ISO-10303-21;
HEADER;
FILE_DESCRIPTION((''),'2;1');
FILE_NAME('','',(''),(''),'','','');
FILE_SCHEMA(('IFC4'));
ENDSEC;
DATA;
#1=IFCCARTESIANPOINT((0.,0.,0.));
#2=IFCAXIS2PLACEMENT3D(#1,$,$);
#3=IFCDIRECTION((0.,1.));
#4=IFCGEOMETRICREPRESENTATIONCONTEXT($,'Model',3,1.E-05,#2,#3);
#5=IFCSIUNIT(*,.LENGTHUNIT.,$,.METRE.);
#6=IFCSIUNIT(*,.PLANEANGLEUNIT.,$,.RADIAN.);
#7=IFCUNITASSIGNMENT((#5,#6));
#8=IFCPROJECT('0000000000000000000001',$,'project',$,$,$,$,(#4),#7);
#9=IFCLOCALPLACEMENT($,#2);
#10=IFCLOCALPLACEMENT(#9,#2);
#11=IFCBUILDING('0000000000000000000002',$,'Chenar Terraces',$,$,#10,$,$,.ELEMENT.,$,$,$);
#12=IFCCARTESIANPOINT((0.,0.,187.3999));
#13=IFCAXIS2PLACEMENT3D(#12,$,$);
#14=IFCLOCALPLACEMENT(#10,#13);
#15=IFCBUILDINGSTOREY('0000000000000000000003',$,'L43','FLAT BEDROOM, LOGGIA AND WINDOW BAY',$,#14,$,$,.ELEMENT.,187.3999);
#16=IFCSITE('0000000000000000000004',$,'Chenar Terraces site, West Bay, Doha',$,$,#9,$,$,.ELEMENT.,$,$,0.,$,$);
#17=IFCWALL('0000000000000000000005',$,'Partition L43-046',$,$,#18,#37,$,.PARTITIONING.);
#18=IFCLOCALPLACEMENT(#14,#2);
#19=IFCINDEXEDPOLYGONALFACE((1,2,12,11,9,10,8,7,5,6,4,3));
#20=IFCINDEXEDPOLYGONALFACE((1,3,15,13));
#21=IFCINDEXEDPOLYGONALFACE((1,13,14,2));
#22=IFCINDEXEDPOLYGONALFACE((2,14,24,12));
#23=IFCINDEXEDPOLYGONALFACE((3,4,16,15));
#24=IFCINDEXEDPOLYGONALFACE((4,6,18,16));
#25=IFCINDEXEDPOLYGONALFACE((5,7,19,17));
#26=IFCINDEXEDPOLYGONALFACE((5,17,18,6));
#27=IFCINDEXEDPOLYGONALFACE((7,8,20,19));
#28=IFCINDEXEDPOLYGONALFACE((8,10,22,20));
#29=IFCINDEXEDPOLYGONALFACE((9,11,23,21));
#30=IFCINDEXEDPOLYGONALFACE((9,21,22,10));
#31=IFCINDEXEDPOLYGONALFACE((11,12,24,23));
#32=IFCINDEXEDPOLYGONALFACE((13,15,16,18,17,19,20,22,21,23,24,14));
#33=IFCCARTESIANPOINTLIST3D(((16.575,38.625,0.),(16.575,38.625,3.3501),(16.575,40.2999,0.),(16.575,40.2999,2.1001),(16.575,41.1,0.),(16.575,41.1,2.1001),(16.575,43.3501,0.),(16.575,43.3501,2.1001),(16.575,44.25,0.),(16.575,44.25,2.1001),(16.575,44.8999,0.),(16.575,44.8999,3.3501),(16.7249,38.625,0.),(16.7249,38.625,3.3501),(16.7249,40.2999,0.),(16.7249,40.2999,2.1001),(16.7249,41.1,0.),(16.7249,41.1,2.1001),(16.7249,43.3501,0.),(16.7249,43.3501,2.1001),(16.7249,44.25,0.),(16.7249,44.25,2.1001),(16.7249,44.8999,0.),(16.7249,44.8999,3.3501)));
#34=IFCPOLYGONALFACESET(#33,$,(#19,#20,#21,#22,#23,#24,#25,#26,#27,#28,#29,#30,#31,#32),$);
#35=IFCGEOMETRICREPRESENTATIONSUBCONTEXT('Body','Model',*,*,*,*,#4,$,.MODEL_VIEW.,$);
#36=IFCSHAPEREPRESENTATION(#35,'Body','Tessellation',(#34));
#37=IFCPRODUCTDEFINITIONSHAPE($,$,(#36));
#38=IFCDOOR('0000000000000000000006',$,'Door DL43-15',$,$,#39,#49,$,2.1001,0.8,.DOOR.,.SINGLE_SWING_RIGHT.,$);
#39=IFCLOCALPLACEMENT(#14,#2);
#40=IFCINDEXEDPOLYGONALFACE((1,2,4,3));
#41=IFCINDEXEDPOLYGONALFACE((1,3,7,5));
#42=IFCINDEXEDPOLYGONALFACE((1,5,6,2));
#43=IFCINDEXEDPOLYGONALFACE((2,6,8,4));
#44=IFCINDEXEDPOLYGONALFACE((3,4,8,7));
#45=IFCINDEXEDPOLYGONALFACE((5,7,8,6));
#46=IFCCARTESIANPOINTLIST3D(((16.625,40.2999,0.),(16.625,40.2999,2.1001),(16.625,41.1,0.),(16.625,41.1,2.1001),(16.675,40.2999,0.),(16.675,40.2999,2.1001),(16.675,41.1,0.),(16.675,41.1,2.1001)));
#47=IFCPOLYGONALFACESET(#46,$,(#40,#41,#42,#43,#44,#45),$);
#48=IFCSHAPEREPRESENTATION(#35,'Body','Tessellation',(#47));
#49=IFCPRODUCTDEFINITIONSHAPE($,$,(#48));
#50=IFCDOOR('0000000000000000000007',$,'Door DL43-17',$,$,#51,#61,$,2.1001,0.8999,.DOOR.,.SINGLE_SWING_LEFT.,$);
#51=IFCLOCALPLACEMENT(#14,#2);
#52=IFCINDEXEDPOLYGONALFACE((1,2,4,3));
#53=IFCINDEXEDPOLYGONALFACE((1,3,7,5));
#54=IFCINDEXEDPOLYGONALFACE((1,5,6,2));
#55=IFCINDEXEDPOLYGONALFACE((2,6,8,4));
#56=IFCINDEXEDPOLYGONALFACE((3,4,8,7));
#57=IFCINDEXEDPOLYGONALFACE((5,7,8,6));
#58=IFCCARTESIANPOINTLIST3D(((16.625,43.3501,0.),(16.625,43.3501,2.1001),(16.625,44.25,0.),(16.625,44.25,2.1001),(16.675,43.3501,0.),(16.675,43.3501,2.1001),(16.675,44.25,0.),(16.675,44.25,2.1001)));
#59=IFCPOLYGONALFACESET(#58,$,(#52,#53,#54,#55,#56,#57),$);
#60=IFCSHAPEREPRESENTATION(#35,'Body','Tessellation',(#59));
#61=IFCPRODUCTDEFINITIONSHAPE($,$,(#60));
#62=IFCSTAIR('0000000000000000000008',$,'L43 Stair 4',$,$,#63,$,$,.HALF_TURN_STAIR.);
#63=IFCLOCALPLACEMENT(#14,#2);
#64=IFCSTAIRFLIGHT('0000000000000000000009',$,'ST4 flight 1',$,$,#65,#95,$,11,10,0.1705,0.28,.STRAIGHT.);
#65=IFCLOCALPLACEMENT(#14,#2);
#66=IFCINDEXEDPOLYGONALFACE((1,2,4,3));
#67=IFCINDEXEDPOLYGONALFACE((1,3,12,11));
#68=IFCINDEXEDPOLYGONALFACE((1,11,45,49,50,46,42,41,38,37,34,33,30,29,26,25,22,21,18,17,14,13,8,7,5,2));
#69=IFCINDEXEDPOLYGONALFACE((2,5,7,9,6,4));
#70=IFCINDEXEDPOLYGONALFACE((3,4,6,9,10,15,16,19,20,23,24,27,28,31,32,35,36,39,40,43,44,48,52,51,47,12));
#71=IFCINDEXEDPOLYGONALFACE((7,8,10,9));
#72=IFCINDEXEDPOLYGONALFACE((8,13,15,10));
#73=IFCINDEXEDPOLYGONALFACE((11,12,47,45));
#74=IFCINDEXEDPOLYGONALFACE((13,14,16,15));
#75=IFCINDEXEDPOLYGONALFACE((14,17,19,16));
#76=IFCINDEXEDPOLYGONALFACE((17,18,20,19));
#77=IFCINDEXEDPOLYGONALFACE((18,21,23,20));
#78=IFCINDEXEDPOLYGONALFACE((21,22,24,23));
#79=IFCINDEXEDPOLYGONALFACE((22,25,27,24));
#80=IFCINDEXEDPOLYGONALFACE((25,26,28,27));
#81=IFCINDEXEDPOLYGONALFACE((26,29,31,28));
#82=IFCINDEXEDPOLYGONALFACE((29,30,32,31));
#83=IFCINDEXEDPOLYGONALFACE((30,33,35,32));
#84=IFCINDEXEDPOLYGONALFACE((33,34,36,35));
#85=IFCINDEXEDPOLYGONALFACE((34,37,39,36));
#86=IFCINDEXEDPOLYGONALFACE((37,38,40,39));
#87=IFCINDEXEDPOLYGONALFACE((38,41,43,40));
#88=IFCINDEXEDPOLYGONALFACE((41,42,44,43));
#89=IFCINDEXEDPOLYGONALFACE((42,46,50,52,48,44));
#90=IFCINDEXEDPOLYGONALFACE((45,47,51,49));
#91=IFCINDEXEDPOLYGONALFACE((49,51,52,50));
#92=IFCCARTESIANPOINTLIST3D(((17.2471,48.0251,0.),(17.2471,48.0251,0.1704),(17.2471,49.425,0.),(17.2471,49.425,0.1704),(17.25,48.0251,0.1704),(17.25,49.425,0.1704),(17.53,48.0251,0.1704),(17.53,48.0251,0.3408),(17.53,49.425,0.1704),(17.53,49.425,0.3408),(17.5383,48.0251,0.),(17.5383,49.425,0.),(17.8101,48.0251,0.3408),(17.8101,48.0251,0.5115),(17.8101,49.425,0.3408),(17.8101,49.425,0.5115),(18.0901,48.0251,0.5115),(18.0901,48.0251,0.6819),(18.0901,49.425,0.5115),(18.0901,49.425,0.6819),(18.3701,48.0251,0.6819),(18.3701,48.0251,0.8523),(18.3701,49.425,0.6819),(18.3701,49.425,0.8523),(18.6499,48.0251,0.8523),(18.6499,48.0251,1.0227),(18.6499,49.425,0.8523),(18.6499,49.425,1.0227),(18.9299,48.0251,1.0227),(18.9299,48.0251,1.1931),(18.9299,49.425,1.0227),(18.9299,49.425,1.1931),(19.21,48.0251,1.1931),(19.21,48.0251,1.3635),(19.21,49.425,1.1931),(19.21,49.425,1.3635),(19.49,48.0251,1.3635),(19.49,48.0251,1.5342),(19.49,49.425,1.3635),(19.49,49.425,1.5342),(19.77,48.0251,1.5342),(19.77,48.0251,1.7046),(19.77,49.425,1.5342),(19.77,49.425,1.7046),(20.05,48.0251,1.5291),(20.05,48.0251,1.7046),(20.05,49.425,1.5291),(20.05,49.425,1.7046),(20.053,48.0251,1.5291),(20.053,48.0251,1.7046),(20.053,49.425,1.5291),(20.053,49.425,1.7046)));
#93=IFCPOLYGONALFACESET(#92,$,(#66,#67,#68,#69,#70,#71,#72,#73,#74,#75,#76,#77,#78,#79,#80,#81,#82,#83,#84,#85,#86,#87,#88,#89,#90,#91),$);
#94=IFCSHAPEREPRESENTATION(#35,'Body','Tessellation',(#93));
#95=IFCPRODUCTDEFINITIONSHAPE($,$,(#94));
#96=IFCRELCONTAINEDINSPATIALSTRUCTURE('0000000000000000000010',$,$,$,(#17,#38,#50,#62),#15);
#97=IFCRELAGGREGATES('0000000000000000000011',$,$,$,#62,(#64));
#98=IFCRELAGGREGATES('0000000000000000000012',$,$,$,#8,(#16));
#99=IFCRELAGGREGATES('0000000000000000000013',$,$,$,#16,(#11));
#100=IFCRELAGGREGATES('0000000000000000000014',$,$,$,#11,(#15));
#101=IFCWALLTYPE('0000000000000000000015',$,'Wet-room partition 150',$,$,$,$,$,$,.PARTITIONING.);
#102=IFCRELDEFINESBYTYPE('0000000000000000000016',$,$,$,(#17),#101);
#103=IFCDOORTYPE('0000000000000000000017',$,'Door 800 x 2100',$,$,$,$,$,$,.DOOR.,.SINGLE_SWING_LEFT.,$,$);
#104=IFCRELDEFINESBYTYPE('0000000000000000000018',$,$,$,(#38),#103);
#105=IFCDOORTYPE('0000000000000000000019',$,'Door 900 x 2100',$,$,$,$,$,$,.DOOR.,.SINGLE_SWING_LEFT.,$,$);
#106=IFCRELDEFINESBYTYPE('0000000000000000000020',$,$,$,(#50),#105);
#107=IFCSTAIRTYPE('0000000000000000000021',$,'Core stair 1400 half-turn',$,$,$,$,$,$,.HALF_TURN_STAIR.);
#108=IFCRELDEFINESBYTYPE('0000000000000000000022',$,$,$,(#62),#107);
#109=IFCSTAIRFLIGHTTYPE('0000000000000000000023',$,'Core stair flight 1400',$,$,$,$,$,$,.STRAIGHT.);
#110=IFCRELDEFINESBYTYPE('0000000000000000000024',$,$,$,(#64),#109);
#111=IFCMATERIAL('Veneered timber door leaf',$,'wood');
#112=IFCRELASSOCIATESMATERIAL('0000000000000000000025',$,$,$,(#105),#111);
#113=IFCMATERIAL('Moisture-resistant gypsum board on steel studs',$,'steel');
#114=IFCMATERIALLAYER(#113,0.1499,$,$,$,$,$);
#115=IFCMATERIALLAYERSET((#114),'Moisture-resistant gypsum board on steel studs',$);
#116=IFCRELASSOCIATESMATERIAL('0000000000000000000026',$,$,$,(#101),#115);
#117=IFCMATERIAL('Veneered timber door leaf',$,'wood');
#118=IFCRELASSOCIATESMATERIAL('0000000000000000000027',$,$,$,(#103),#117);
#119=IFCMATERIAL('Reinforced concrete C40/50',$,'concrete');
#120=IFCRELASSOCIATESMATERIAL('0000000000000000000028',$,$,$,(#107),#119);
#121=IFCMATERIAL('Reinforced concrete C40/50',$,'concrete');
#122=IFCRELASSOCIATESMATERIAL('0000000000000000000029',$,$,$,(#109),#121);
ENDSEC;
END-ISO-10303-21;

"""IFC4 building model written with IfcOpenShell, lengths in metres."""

from ifc_helpers import new_model, si_unit, direction, frame, frame_2d, origin, place, context, subcontext, project, spatial, polyline, rectangle, outline, extrude, material, layer, layer_set, type_object, element, fill, aggregate, save


model = new_model("IFC4")

# Units and contexts
model_context = context("Model", 3, precision=1e-05, world=origin(), true_north=direction((0.0, 1.0)))
body_context = subcontext(model_context, "Body", "Model", "MODEL_VIEW")
ifc_project = project(units=[si_unit("LENGTHUNIT", "METRE"), si_unit("PLANEANGLEUNIT", "RADIAN")], contexts=[model_context])

# Site, building, storey
site_placement = place(None, origin())
site = spatial("IfcSite", under=ifc_project, at=site_placement, Name="Chenar Terraces site, West Bay, Doha", CompositionType="ELEMENT", RefElevation=0.0)
building_placement = place(site_placement, origin())
building = spatial("IfcBuilding", under=site, at=building_placement, Name="Chenar Terraces", CompositionType="ELEMENT")
storey_placement = place(building_placement, frame((0.0, 0.0, 187.3999)))
storey = spatial("IfcBuildingStorey", under=building, at=storey_placement, Name="L43", Description="FLAT BEDROOM, LOGGIA AND WINDOW BAY", CompositionType="ELEMENT", Elevation=187.3999)

# Shared definitions
ifc_material_1 = material(Name="Veneered timber door leaf", Category="wood")
door_type_1 = type_object("IfcDoorType", Name="Door 900 x 2100", OperationType="SINGLE_SWING_LEFT", PredefinedType="DOOR", material=ifc_material_1)

# Shared definitions
ifc_material_2 = material(Name="Moisture-resistant gypsum board on steel studs", Category="steel")
ifc_layer_1 = layer(ifc_material_2, 0.1499)
ifc_layer_set_1 = layer_set([ifc_layer_1], Name="Moisture-resistant gypsum board on steel studs")
wall_type_1 = type_object("IfcWallType", Name="Wet-room partition 150", PredefinedType="PARTITIONING", material=ifc_layer_set_1)

# Wall, openings, doors
wall_1_placement = place(storey_placement, frame((16.6499, 38.625, 0.0), z_axis=(0.0, 0.0, 1.0), x_axis=(0.0, 1.0, 0.0)))
wall_1 = element("IfcWall", 1, at=wall_1_placement, inside=storey, type_object=wall_type_1, Name="Partition L43-046", PredefinedType="PARTITIONING", context=body_context, shape_type="SweptSolid", body=[
    extrude(rectangle(XDim=6.2749, YDim=0.1499, at=frame_2d((3.1375, 0.0))), origin(), (0.0, 0.0, 1.0), 3.3501),
])
opening_1_placement = place(wall_1_placement, frame((1.675, 0.0, 0.0)))
opening_1 = element("IfcOpeningElement", 2, at=opening_1_placement, cuts=wall_1, PredefinedType="OPENING", context=body_context, shape_type="SweptSolid", body=[
    extrude(rectangle(XDim=0.8, YDim=2.1001, at=frame_2d((0.3999, 1.05))), frame((0.0, 0.085, 0.0), z_axis=(0.0, -1.0, 0.0), x_axis=(1.0, 0.0, 0.0)), (0.0, 0.0, 1.0), 0.1699),
])
opening_2_placement = place(wall_1_placement, frame((4.7251, 0.0, 0.0)))
opening_2 = element("IfcOpeningElement", 3, at=opening_2_placement, cuts=wall_1, PredefinedType="OPENING", context=body_context, shape_type="SweptSolid", body=[
    extrude(rectangle(XDim=0.8999, YDim=2.1001, at=frame_2d((0.45, 1.05))), frame((0.0, 0.085, 0.0), z_axis=(0.0, -1.0, 0.0), x_axis=(1.0, 0.0, 0.0)), (0.0, 0.0, 1.0), 0.1699),
])
ifc_material_3 = material(Name="Veneered timber door leaf", Category="wood")
door_type_2 = type_object("IfcDoorType", Name="Door 800 x 2100", OperationType="SINGLE_SWING_LEFT", PredefinedType="DOOR", material=ifc_material_3)
door_1_placement = place(opening_1_placement, origin())
door_1 = element("IfcDoor", 4, at=door_1_placement, inside=storey, type_object=door_type_2, Name="Door DL43-15", OperationType="SINGLE_SWING_RIGHT", OverallHeight=2.1001, OverallWidth=0.8, PredefinedType="DOOR", context=body_context, shape_type="SweptSolid", body=[
    extrude(rectangle(XDim=0.8, YDim=2.1001, at=frame_2d((0.3999, 1.05))), frame((0.0, 0.0249, 0.0), z_axis=(0.0, -1.0, 0.0), x_axis=(1.0, 0.0, 0.0)), (0.0, 0.0, 1.0), 0.05),
])
fill(opening_1, door_1)
door_2_placement = place(opening_2_placement, origin())
door_2 = element("IfcDoor", 5, at=door_2_placement, inside=storey, type_object=door_type_1, Name="Door DL43-17", OperationType="SINGLE_SWING_LEFT", OverallHeight=2.1001, OverallWidth=0.8999, PredefinedType="DOOR", context=body_context, shape_type="SweptSolid", body=[
    extrude(rectangle(XDim=0.8999, YDim=2.1001, at=frame_2d((0.45, 1.05))), frame((0.0, 0.0249, 0.0), z_axis=(0.0, -1.0, 0.0), x_axis=(1.0, 0.0, 0.0)), (0.0, 0.0, 1.0), 0.05),
])
fill(opening_2, door_2)

# Stair, stair flight
ifc_material_4 = material(Name="Reinforced concrete C40/50", Category="concrete")
stair_type = type_object("IfcStairType", Name="Core stair 1400 half-turn", PredefinedType="HALF_TURN_STAIR", material=ifc_material_4)
stair_placement = place(storey_placement, origin())
stair = element("IfcStair", 6, at=stair_placement, inside=storey, type_object=stair_type, Name="L43 Stair 4", PredefinedType="HALF_TURN_STAIR")
ifc_material_5 = material(Name="Reinforced concrete C40/50", Category="concrete")
stair_flight_type = type_object("IfcStairFlightType", Name="Core stair flight 1400", PredefinedType="STRAIGHT", material=ifc_material_5)
stair_flight_placement = place(storey_placement, frame((17.25, 48.7251, 0.0), z_axis=(0.0, 0.0, 1.0), x_axis=(1.0, 0.0, 0.0)))
stair_flight = element("IfcStairFlight", 7, at=stair_flight_placement, type_object=stair_flight_type, Name="ST4 flight 1", NumberOfRisers=11, NumberOfTreads=10, PredefinedType="STRAIGHT", RiserHeight=0.1705, TreadLength=0.28, context=body_context, shape_type="SweptSolid", body=[
    extrude(outline(polyline([(-0.0029, 0.0), (-0.0029, 0.1704), (0.0, 0.1704), (0.28, 0.1704), (0.28, 0.3408), (0.5601, 0.3408), (0.5601, 0.5115), (0.8401, 0.5115), (0.8401, 0.6819), (1.1201, 0.6819), (1.1201, 0.8523), (1.3999, 0.8523), (1.3999, 1.0227), (1.6799, 1.0227), (1.6799, 1.1931), (1.96, 1.1931), (1.96, 1.3635), (2.24, 1.3635), (2.24, 1.5342), (2.52, 1.5342), (2.52, 1.7046), (2.8, 1.7046), (2.803, 1.7046), (2.803, 1.5291), (2.8, 1.5291), (0.2883, 0.0), (-0.0029, 0.0)])), frame((0.0, 0.7, 0.0), z_axis=(0.0, -1.0, 0.0), x_axis=(1.0, 0.0, 0.0)), (0.0, 0.0, 1.0), 1.3999),
])
aggregate(stair, [stair_flight])

save(model, "model.ifc")
